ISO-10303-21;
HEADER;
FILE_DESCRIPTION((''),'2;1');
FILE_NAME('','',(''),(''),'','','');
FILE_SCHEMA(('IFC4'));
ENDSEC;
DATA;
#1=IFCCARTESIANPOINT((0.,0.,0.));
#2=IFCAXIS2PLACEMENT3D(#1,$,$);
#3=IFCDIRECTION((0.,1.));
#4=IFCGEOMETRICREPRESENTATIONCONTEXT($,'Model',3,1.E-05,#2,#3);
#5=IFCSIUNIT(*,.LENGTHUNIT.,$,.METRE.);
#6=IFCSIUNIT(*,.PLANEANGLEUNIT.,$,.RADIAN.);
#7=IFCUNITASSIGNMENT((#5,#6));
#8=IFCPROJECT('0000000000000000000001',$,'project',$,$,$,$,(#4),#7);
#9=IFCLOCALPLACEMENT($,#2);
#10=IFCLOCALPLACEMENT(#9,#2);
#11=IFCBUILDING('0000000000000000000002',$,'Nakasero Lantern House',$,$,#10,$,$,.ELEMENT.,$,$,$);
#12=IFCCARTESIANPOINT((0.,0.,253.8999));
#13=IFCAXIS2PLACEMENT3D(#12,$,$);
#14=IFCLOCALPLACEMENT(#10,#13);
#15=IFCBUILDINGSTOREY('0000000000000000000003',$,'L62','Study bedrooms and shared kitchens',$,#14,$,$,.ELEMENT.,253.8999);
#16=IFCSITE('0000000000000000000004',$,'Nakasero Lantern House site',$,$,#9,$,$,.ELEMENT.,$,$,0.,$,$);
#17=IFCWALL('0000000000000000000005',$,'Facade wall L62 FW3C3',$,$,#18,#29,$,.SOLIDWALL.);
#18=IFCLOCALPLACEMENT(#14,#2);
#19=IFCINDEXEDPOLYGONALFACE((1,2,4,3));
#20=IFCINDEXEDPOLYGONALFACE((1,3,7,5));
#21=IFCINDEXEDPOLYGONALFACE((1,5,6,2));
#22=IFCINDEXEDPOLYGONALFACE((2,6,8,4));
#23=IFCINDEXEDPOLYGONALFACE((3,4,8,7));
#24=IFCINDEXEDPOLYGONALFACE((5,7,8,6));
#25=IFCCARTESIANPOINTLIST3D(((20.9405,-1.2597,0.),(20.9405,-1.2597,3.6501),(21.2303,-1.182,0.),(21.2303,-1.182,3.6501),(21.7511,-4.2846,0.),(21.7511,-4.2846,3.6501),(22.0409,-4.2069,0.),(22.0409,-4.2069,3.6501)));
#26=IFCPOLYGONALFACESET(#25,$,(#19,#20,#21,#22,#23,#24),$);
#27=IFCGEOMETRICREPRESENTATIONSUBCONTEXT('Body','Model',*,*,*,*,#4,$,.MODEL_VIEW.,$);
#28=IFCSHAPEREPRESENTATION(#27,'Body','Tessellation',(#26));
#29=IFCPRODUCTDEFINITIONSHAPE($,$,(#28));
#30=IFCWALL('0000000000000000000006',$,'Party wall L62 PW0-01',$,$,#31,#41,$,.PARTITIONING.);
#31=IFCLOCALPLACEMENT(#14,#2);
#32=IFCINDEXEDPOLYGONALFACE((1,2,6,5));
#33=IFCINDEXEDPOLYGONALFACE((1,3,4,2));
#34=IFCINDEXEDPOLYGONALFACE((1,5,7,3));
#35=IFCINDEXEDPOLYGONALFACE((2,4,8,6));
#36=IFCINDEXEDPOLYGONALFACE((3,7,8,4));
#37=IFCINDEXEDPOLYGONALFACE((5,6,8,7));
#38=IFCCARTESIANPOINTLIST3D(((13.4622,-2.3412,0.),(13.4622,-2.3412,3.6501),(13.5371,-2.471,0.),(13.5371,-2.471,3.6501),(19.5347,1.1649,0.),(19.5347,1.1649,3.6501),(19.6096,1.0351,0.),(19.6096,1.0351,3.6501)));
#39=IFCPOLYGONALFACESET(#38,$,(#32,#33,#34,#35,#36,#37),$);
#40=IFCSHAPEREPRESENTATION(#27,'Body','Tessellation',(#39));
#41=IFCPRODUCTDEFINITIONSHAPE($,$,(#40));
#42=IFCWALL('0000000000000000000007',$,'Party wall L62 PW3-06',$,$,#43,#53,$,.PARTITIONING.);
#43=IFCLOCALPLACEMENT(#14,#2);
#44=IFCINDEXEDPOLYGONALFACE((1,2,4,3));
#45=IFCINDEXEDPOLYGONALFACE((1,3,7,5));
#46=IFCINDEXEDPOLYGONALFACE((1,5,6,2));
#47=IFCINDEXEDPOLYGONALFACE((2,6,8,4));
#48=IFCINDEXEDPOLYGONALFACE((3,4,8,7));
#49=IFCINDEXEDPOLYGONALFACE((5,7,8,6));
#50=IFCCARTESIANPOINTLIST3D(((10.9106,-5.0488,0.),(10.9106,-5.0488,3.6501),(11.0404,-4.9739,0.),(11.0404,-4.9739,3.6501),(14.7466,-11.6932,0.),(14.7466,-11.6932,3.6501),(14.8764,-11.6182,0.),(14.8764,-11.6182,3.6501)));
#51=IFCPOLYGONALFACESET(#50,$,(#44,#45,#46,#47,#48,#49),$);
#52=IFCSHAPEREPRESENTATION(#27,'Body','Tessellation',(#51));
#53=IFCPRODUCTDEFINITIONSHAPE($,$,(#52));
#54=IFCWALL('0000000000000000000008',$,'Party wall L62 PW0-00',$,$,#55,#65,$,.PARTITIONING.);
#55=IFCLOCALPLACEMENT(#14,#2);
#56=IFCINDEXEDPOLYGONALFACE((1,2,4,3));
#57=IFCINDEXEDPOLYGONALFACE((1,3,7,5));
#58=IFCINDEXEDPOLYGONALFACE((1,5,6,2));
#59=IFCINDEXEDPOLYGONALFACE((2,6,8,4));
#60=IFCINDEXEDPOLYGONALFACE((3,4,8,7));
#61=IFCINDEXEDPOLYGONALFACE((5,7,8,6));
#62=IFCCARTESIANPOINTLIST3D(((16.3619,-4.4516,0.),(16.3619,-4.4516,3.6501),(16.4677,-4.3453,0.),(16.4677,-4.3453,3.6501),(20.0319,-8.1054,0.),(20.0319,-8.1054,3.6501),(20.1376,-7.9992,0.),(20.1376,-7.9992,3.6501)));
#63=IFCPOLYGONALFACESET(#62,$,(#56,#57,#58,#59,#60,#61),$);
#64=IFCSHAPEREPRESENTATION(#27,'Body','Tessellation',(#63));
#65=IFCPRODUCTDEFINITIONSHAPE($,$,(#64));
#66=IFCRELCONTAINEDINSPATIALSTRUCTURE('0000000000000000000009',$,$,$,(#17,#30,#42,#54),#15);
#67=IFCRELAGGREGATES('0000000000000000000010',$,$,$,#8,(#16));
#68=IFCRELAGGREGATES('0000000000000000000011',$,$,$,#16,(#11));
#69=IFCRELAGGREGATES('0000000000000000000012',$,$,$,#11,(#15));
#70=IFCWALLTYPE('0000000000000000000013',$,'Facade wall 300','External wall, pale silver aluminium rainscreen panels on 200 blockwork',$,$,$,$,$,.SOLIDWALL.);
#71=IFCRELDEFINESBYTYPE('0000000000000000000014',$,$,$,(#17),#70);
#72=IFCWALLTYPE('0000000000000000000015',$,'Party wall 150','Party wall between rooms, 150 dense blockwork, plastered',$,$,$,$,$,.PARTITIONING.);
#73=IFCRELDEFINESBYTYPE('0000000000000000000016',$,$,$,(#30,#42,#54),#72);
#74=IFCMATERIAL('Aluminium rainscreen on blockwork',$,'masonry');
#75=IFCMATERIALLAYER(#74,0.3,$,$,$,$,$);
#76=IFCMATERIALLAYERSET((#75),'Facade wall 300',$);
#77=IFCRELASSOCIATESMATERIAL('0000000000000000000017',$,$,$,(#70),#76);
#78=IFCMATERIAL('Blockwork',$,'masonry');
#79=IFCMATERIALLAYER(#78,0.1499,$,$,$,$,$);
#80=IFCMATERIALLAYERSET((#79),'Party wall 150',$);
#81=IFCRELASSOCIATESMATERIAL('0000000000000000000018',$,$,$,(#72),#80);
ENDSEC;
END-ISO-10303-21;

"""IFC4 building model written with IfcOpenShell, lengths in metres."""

from ifc_helpers import new_model, si_unit, direction, frame, frame_2d, origin, place, context, subcontext, project, spatial, rectangle, extrude, material, layer, layer_set, type_object, element, save


model = new_model("IFC4")

# Units and contexts
model_context = context("Model", 3, precision=1e-05, world=origin(), true_north=direction((0.0, 1.0)))
body_context = subcontext(model_context, "Body", "Model", "MODEL_VIEW")
ifc_project = project(units=[si_unit("LENGTHUNIT", "METRE"), si_unit("PLANEANGLEUNIT", "RADIAN")], contexts=[model_context])

# Site, building, storey
site_placement = place(None, origin())
site = spatial("IfcSite", under=ifc_project, at=site_placement, Name="Nakasero Lantern House site", CompositionType="ELEMENT", RefElevation=0.0)
building_placement = place(site_placement, origin())
building = spatial("IfcBuilding", under=site, at=building_placement, Name="Nakasero Lantern House", CompositionType="ELEMENT")
storey_placement = place(building_placement, frame((0.0, 0.0, 253.8999)))
storey = spatial("IfcBuildingStorey", under=building, at=storey_placement, Name="L62", Description="Study bedrooms and shared kitchens", CompositionType="ELEMENT", Elevation=253.8999)

# Shared definitions
ifc_material_1 = material(Name="Aluminium rainscreen on blockwork", Category="masonry")
ifc_layer_1 = layer(ifc_material_1, 0.3)
ifc_layer_set_1 = layer_set([ifc_layer_1], Name="Facade wall 300")
wall_type_1 = type_object("IfcWallType", Name="Facade wall 300", Description="External wall, pale silver aluminium rainscreen panels on 200 blockwork", PredefinedType="SOLIDWALL", material=ifc_layer_set_1)

# Walls
wall_1_placement = place(storey_placement, frame((21.896, -4.2458, 0.0), z_axis=(0.0, 0.0, 1.0), x_axis=(-0.258827, 0.965924, 0.0)))
element("IfcWall", 1, at=wall_1_placement, inside=storey, type_object=wall_type_1, Name="Facade wall L62 FW3C3", PredefinedType="SOLIDWALL", context=body_context, shape_type="SweptSolid", body=[
    extrude(rectangle(XDim=3.1316, YDim=0.3, at=frame_2d((1.5659, 0.0))), origin(), (0.0, 0.0, 1.0), 3.6501),
])
ifc_material_2 = material(Name="Blockwork", Category="masonry")
ifc_layer_2 = layer(ifc_material_2, 0.1499)
ifc_layer_set_2 = layer_set([ifc_layer_2], Name="Party wall 150")
wall_type_2 = type_object("IfcWallType", Name="Party wall 150", Description="Party wall between rooms, 150 dense blockwork, plastered", PredefinedType="PARTITIONING", material=ifc_layer_set_2)
wall_2_placement = place(storey_placement, frame((13.4998, -2.406, 0.0), z_axis=(0.0, 0.0, 1.0), x_axis=(0.866017, 0.500015, 0.0)))
element("IfcWall", 2, at=wall_2_placement, inside=storey, type_object=wall_type_2, Name="Party wall L62 PW0-01", PredefinedType="PARTITIONING", context=body_context, shape_type="SweptSolid", body=[
    extrude(rectangle(XDim=7.012, YDim=0.1499, at=frame_2d((3.5059, 0.0))), origin(), (0.0, 0.0, 1.0), 3.6501),
])
wall_3_placement = place(storey_placement, frame((10.9756, -5.0115, 0.0), z_axis=(0.0, 0.0, 1.0), x_axis=(0.499986, -0.866034, 0.0)))
element("IfcWall", 3, at=wall_3_placement, inside=storey, type_object=wall_type_2, Name="Party wall L62 PW3-06", PredefinedType="PARTITIONING", context=body_context, shape_type="SweptSolid", body=[
    extrude(rectangle(XDim=7.6721, YDim=0.1499, at=frame_2d((3.8359, 0.0))), origin(), (0.0, 0.0, 1.0), 3.6501),
])
wall_4_placement = place(storey_placement, frame((16.4148, -4.3984, 0.0), z_axis=(0.0, 0.0, 1.0), x_axis=(0.708661, -0.705549, 0.0)))
element("IfcWall", 4, at=wall_4_placement, inside=storey, type_object=wall_type_2, Name="Party wall L62 PW0-00", PredefinedType="PARTITIONING", context=body_context, shape_type="SweptSolid", body=[
    extrude(rectangle(XDim=5.1787, YDim=0.1499, at=frame_2d((2.5894, 0.0))), origin(), (0.0, 0.0, 1.0), 3.6501),
])

save(model, "model.ifc")
